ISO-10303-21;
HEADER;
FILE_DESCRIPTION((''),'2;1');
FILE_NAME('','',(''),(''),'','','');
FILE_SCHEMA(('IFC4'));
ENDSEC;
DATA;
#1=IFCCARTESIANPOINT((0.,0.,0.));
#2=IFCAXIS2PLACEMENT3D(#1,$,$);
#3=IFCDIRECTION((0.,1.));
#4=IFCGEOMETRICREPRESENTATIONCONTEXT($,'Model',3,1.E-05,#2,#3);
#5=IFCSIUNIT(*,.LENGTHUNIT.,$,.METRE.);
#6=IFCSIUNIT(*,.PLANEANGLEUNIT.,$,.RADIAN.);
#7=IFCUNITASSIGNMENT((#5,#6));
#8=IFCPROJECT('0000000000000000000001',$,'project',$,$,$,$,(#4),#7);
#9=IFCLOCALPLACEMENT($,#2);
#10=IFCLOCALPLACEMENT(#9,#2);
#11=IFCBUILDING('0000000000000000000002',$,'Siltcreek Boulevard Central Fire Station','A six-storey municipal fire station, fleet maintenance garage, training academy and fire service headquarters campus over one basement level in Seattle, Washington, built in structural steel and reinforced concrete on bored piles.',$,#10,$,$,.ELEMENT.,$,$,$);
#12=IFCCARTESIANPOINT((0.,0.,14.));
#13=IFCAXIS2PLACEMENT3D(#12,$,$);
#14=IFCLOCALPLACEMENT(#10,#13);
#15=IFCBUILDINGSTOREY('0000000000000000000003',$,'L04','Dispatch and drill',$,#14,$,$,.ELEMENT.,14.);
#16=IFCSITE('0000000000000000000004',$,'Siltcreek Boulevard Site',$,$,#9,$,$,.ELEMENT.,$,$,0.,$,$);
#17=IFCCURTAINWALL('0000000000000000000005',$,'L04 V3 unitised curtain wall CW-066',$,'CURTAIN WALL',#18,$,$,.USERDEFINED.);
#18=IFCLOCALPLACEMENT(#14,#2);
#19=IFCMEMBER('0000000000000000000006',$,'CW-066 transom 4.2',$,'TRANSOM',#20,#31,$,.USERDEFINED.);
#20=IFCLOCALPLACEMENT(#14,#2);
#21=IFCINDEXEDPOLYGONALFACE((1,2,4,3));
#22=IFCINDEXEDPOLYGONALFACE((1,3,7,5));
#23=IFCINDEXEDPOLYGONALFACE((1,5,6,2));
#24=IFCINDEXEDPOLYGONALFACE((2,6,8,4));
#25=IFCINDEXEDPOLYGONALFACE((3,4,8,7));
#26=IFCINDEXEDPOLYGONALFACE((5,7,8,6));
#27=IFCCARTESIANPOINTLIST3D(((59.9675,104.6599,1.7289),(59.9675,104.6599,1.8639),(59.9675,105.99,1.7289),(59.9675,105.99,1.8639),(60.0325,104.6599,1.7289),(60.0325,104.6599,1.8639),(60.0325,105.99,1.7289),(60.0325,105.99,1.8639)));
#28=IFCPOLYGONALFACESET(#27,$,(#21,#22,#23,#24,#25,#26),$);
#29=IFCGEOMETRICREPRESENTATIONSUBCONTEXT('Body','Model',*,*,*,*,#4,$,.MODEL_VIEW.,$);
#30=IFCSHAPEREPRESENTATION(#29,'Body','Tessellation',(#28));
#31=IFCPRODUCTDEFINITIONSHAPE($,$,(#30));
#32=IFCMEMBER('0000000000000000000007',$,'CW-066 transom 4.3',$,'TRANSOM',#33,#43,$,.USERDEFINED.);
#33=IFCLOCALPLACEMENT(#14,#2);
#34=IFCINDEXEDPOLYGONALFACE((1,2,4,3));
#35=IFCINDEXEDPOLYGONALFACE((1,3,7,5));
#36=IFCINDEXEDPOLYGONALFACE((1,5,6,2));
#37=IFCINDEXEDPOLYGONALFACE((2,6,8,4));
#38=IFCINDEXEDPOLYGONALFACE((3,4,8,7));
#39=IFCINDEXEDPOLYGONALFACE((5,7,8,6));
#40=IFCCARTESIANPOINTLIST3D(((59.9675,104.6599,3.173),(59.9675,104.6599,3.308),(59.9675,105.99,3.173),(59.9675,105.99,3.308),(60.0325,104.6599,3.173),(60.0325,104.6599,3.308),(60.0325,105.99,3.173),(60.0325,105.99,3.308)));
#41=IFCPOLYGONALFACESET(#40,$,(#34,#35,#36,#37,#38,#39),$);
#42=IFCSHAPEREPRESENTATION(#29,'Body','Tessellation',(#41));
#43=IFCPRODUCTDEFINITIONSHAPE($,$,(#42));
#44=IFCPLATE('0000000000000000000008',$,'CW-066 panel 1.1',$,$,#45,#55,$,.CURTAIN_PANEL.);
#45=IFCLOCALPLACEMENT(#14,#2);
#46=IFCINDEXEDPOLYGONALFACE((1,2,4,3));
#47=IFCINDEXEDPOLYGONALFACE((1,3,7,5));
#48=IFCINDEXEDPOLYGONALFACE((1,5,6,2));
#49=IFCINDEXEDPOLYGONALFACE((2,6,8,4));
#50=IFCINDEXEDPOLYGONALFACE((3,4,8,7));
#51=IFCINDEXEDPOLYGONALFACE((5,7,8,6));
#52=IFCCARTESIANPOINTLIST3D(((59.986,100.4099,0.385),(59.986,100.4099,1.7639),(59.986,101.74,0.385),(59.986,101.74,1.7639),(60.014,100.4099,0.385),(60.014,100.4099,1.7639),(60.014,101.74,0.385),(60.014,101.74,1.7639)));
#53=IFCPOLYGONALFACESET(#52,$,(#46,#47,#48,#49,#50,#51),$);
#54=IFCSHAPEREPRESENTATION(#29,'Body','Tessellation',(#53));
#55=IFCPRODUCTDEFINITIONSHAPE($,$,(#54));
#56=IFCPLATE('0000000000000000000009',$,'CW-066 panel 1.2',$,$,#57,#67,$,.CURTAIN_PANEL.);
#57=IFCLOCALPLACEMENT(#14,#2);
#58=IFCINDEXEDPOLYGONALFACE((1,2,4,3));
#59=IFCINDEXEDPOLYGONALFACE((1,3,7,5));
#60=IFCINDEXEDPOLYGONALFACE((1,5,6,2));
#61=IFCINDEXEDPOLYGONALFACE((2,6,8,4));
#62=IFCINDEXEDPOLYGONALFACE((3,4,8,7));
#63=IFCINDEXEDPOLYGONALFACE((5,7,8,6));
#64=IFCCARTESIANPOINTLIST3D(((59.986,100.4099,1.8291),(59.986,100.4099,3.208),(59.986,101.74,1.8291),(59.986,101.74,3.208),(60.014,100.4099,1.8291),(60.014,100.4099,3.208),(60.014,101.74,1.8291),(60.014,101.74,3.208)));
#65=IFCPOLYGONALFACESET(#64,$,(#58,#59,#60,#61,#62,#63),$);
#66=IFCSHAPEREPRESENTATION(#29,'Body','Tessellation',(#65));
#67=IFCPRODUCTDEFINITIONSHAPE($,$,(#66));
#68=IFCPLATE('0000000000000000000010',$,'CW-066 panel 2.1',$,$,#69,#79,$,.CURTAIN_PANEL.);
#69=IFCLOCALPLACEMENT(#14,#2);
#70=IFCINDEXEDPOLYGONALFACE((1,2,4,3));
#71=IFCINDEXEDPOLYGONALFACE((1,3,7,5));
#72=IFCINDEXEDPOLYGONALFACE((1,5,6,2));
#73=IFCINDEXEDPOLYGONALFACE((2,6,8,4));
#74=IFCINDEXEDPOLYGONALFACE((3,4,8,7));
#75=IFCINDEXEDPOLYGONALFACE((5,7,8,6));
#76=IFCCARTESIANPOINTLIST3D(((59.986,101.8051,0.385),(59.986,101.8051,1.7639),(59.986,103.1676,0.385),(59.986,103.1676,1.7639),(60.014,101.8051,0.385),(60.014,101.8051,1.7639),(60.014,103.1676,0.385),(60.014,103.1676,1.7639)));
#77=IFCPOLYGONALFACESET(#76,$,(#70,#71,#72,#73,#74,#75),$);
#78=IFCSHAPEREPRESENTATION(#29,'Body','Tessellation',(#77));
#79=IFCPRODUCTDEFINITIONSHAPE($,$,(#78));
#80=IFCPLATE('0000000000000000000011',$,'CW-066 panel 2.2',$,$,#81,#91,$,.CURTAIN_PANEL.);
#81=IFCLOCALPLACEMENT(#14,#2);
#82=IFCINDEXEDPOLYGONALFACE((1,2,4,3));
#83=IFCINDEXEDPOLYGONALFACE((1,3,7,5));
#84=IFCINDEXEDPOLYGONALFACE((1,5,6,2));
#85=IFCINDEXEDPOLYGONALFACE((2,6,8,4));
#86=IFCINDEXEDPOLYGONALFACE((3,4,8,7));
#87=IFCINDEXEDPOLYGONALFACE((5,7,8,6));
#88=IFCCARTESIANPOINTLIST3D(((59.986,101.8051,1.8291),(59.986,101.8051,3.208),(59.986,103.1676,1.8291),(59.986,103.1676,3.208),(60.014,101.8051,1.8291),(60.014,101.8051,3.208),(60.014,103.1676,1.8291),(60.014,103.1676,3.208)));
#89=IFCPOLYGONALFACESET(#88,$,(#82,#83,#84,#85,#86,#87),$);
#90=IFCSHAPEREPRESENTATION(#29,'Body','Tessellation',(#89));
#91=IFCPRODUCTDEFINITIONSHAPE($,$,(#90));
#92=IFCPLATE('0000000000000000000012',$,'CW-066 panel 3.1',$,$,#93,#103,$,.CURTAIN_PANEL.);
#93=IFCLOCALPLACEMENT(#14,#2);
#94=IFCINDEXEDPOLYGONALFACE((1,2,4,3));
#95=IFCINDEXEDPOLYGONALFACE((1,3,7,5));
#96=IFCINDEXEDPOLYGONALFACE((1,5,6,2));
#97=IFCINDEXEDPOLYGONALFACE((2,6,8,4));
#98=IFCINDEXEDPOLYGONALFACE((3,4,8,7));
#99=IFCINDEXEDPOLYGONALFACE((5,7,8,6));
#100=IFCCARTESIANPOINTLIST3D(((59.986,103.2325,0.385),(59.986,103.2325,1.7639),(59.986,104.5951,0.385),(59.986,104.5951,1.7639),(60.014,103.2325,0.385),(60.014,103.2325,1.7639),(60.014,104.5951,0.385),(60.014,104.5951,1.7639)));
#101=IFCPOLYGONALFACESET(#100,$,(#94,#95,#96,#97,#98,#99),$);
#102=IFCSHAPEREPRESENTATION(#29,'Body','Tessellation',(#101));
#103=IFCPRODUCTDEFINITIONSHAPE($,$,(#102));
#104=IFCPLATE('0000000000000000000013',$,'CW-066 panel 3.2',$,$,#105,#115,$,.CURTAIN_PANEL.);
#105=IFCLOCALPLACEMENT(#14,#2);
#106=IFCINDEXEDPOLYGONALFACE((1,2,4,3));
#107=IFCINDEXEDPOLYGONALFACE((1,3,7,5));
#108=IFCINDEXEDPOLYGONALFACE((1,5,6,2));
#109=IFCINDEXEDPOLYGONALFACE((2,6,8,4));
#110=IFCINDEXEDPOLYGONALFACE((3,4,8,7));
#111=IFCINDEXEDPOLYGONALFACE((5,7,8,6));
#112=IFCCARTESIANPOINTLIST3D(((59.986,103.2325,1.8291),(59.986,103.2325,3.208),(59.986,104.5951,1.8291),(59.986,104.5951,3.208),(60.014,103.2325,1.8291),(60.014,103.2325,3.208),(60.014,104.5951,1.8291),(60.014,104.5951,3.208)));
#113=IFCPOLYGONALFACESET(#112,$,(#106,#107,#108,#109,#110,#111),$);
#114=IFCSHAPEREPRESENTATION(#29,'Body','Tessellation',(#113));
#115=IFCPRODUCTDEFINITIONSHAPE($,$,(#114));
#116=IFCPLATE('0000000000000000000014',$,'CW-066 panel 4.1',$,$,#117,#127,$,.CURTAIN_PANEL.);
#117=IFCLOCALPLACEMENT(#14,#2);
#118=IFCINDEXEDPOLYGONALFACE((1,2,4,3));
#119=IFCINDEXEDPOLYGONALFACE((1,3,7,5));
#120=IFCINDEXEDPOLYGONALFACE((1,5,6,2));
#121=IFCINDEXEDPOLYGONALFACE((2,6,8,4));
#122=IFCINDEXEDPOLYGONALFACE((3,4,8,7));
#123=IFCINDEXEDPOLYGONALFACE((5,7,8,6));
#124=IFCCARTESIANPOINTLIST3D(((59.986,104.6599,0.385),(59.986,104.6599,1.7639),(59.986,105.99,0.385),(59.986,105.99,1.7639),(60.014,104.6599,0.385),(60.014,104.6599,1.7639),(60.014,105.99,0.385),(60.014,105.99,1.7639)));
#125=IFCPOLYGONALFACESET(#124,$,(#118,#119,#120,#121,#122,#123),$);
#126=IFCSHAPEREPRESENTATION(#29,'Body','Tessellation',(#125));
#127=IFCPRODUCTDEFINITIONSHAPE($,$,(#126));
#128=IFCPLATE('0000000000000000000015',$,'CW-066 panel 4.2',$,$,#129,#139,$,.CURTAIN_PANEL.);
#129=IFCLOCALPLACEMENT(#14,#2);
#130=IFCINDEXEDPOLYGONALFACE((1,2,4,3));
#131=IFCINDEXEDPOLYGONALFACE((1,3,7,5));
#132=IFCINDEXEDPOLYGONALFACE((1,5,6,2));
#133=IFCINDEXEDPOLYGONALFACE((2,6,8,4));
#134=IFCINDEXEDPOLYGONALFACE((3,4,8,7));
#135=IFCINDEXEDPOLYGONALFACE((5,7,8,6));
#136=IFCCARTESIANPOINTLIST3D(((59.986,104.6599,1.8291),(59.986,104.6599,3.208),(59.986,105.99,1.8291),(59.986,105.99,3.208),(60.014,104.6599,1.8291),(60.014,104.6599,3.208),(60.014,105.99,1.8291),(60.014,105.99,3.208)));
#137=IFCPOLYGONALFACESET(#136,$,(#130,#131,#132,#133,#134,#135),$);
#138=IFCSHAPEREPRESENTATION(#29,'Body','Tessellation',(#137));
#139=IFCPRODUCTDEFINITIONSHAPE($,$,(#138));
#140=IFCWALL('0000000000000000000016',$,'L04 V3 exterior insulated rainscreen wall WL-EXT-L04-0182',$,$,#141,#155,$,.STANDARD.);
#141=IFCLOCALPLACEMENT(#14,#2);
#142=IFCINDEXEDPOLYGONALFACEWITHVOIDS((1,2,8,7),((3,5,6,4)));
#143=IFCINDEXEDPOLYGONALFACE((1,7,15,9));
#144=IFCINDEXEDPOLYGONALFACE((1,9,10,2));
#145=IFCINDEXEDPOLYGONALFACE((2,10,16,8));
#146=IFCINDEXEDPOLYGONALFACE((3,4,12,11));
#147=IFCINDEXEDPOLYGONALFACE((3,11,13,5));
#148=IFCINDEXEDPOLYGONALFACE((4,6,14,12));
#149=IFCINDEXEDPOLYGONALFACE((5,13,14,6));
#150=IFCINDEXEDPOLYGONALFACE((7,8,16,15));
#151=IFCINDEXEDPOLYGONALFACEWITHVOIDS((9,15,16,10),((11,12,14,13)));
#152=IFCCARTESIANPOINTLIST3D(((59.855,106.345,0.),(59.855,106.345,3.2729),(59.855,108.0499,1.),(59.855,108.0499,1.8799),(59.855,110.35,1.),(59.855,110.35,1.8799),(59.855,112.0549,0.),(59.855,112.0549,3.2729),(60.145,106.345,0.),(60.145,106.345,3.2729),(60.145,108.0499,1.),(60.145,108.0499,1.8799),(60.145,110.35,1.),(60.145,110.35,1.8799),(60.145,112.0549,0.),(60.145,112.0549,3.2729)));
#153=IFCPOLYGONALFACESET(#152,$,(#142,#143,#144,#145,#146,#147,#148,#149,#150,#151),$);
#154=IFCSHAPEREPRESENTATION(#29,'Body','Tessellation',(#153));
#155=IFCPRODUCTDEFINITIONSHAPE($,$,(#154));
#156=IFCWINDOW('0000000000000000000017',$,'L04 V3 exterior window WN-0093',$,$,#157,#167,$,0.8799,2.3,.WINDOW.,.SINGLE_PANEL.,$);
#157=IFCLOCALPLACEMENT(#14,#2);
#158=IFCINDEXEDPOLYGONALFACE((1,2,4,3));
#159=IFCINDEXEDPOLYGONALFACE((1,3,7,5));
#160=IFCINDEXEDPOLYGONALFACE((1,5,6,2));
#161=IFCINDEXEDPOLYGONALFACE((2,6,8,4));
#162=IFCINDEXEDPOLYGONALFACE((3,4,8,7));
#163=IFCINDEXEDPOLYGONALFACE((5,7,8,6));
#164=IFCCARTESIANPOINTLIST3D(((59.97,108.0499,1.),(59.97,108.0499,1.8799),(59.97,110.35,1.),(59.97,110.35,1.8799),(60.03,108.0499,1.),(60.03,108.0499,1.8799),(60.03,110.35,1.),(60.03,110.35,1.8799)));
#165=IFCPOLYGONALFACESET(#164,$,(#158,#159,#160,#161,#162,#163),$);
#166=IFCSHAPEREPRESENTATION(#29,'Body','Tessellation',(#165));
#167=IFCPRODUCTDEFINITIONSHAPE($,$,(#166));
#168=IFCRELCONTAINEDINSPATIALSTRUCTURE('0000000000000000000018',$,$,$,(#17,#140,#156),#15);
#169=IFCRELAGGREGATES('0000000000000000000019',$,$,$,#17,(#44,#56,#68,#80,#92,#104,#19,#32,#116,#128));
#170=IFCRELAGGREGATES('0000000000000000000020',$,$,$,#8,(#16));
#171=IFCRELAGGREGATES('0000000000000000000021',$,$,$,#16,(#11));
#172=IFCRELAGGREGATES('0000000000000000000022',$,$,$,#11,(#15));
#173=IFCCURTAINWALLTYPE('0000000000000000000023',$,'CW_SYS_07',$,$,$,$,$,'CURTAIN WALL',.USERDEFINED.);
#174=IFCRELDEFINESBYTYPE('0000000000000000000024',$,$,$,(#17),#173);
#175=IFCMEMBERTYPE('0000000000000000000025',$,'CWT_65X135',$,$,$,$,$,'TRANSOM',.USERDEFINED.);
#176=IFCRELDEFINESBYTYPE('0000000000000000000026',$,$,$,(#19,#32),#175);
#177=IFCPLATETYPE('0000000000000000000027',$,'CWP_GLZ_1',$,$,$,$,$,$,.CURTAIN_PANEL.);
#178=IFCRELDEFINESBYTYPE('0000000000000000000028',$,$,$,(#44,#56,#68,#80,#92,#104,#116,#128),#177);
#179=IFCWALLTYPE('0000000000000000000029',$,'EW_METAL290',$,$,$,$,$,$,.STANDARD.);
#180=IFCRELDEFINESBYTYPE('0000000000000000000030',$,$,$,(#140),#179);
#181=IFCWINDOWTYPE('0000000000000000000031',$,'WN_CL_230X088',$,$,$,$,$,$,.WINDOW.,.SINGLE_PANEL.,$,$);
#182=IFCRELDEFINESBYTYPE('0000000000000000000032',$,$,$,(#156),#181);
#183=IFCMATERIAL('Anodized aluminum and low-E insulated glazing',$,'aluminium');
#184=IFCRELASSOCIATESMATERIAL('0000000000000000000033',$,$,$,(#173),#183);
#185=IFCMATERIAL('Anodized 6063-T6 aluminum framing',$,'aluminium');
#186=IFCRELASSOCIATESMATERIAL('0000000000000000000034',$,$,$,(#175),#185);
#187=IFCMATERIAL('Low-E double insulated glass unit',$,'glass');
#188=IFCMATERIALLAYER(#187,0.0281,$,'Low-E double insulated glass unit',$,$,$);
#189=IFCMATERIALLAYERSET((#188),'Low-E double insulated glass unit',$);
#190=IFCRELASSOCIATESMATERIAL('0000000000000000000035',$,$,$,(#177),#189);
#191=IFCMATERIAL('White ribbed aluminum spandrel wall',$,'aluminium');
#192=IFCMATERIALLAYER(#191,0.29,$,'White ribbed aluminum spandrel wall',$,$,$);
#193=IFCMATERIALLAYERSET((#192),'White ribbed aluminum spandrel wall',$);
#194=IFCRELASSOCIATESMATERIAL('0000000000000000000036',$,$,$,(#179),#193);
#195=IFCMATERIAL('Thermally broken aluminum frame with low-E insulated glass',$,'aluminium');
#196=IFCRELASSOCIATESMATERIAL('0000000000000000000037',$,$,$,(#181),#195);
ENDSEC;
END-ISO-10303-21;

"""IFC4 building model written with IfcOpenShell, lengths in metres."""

from ifc_helpers import new_model, si_unit, direction, frame, frame_2d, origin, origin_2d, place, context, subcontext, project, spatial, rectangle, extrude, material, layer, layer_set, material_profile, profile_set, type_object, element, fill, aggregate, save


model = new_model("IFC4")

# Units and contexts
model_context = context("Model", 3, precision=1e-05, world=origin(), true_north=direction((0.0, 1.0)))
body_context = subcontext(model_context, "Body", "Model", "MODEL_VIEW")
ifc_project = project(units=[si_unit("LENGTHUNIT", "METRE"), si_unit("PLANEANGLEUNIT", "RADIAN")], contexts=[model_context])

# Site, building, storey
site_placement = place(None, origin())
site = spatial("IfcSite", under=ifc_project, at=site_placement, Name="Siltcreek Boulevard Site", CompositionType="ELEMENT", RefElevation=0.0)
building_placement = place(site_placement, origin())
building = spatial("IfcBuilding", under=site, at=building_placement, Name="Siltcreek Boulevard Central Fire Station", Description="A six-storey municipal fire station, fleet maintenance garage, training academy and fire service headquarters campus over one basement level in Seattle, Washington, built in structural steel and reinforced concrete on bored piles.", CompositionType="ELEMENT")
storey_placement = place(building_placement, frame((0.0, 0.0, 14.0)))
storey = spatial("IfcBuildingStorey", under=building, at=storey_placement, Name="L04", Description="Dispatch and drill", CompositionType="ELEMENT", Elevation=14.0)

# Curtain wall, members, plates
ifc_material_1 = material(Name="Anodized aluminum and low-E insulated glazing", Category="aluminium")
curtain_wall_type = type_object("IfcCurtainWallType", Name="CW_SYS_07", ElementType="CURTAIN WALL", PredefinedType="USERDEFINED", material=ifc_material_1)
curtain_wall_placement = place(storey_placement, origin())
curtain_wall = element("IfcCurtainWall", 1, at=curtain_wall_placement, inside=storey, type_object=curtain_wall_type, Name="L04 V3 unitised curtain wall CW-066", ObjectType="CURTAIN WALL", PredefinedType="USERDEFINED")
ifc_material_2 = material(Name="Anodized 6063-T6 aluminum framing", Category="aluminium")
ifc_material_profile_1 = material_profile(ifc_material_2, rectangle(XDim=0.0649, YDim=0.135, at=origin_2d()), Name="TRAN65X135")
ifc_profile_set_1 = profile_set([ifc_material_profile_1], Name="Anodized 6063-T6 aluminum framing")
member_type_1 = type_object("IfcMemberType", Name="CWT_65X135", ElementType="TRANSOM", PredefinedType="USERDEFINED", material=ifc_profile_set_1)
member_1_placement = place(storey_placement, frame((60.0, 104.6599, 1.7964), z_axis=(0.0, 1.0, 0.0), x_axis=(-1.0, 0.0, 0.0)))
member_1 = element("IfcMember", 2, at=member_1_placement, type_object=member_type_1, Name="CW-066 transom 4.2", ObjectType="TRANSOM", PredefinedType="USERDEFINED", context=body_context, shape_type="SweptSolid", body=[
    extrude(rectangle(XDim=0.0649, YDim=0.135, at=origin_2d()), origin(), (0.0, 0.0, 1.0), 1.3301),
])
member_2_placement = place(storey_placement, frame((60.0, 104.6599, 3.2405), z_axis=(0.0, 1.0, 0.0), x_axis=(-1.0, 0.0, 0.0)))
member_2 = element("IfcMember", 3, at=member_2_placement, type_object=member_type_1, Name="CW-066 transom 4.3", ObjectType="TRANSOM", PredefinedType="USERDEFINED", context=body_context, shape_type="SweptSolid", body=[
    extrude(rectangle(XDim=0.0649, YDim=0.135, at=origin_2d()), origin(), (0.0, 0.0, 1.0), 1.3301),
])
ifc_material_3 = material(Name="Low-E double insulated glass unit", Category="glass")
ifc_layer_1 = layer(ifc_material_3, 0.0281, Name="Low-E double insulated glass unit")
ifc_layer_set_1 = layer_set([ifc_layer_1], Name="Low-E double insulated glass unit")
plate_type = type_object("IfcPlateType", Name="CWP_GLZ_1", PredefinedType="CURTAIN_PANEL", material=ifc_layer_set_1)
plate_1_placement = place(storey_placement, frame((60.0, 101.075, 0.385), z_axis=(0.0, 0.0, 1.0), x_axis=(0.0, 1.0, 0.0)))
plate_1 = element("IfcPlate", 4, at=plate_1_placement, type_object=plate_type, Name="CW-066 panel 1.1", PredefinedType="CURTAIN_PANEL", context=body_context, shape_type="SweptSolid", body=[
    extrude(rectangle(XDim=1.3301, YDim=0.0281, at=origin_2d()), origin(), (0.0, 0.0, 1.0), 1.3789),
])
plate_2_placement = place(storey_placement, frame((60.0, 101.075, 1.8291), z_axis=(0.0, 0.0, 1.0), x_axis=(0.0, 1.0, 0.0)))
plate_2 = element("IfcPlate", 5, at=plate_2_placement, type_object=plate_type, Name="CW-066 panel 1.2", PredefinedType="CURTAIN_PANEL", context=body_context, shape_type="SweptSolid", body=[
    extrude(rectangle(XDim=1.3301, YDim=0.0281, at=origin_2d()), origin(), (0.0, 0.0, 1.0), 1.3789),
])
plate_3_placement = place(storey_placement, frame((60.0, 102.4863, 0.385), z_axis=(0.0, 0.0, 1.0), x_axis=(0.0, 1.0, 0.0)))
plate_3 = element("IfcPlate", 6, at=plate_3_placement, type_object=plate_type, Name="CW-066 panel 2.1", PredefinedType="CURTAIN_PANEL", context=body_context, shape_type="SweptSolid", body=[
    extrude(rectangle(XDim=1.3625, YDim=0.0281, at=origin_2d()), origin(), (0.0, 0.0, 1.0), 1.3789),
])
plate_4_placement = place(storey_placement, frame((60.0, 102.4863, 1.8291), z_axis=(0.0, 0.0, 1.0), x_axis=(0.0, 1.0, 0.0)))
plate_4 = element("IfcPlate", 7, at=plate_4_placement, type_object=plate_type, Name="CW-066 panel 2.2", PredefinedType="CURTAIN_PANEL", context=body_context, shape_type="SweptSolid", body=[
    extrude(rectangle(XDim=1.3625, YDim=0.0281, at=origin_2d()), origin(), (0.0, 0.0, 1.0), 1.3789),
])
plate_5_placement = place(storey_placement, frame((60.0, 103.9138, 0.385), z_axis=(0.0, 0.0, 1.0), x_axis=(0.0, 1.0, 0.0)))
plate_5 = element("IfcPlate", 8, at=plate_5_placement, type_object=plate_type, Name="CW-066 panel 3.1", PredefinedType="CURTAIN_PANEL", context=body_context, shape_type="SweptSolid", body=[
    extrude(rectangle(XDim=1.3625, YDim=0.0281, at=origin_2d()), origin(), (0.0, 0.0, 1.0), 1.3789),
])
plate_6_placement = place(storey_placement, frame((60.0, 103.9138, 1.8291), z_axis=(0.0, 0.0, 1.0), x_axis=(0.0, 1.0, 0.0)))
plate_6 = element("IfcPlate", 9, at=plate_6_placement, type_object=plate_type, Name="CW-066 panel 3.2", PredefinedType="CURTAIN_PANEL", context=body_context, shape_type="SweptSolid", body=[
    extrude(rectangle(XDim=1.3625, YDim=0.0281, at=origin_2d()), origin(), (0.0, 0.0, 1.0), 1.3789),
])
plate_7_placement = place(storey_placement, frame((60.0, 105.325, 0.385), z_axis=(0.0, 0.0, 1.0), x_axis=(0.0, 1.0, 0.0)))
plate_7 = element("IfcPlate", 10, at=plate_7_placement, type_object=plate_type, Name="CW-066 panel 4.1", PredefinedType="CURTAIN_PANEL", context=body_context, shape_type="SweptSolid", body=[
    extrude(rectangle(XDim=1.3301, YDim=0.0281, at=origin_2d()), origin(), (0.0, 0.0, 1.0), 1.3789),
])
plate_8_placement = place(storey_placement, frame((60.0, 105.325, 1.8291), z_axis=(0.0, 0.0, 1.0), x_axis=(0.0, 1.0, 0.0)))
plate_8 = element("IfcPlate", 11, at=plate_8_placement, type_object=plate_type, Name="CW-066 panel 4.2", PredefinedType="CURTAIN_PANEL", context=body_context, shape_type="SweptSolid", body=[
    extrude(rectangle(XDim=1.3301, YDim=0.0281, at=origin_2d()), origin(), (0.0, 0.0, 1.0), 1.3789),
])
aggregate(curtain_wall, [plate_1, plate_2, plate_3, plate_4, plate_5, plate_6, member_1, member_2, plate_7, plate_8])

# Wall, opening, window
ifc_material_4 = material(Name="White ribbed aluminum spandrel wall", Category="aluminium")
ifc_layer_2 = layer(ifc_material_4, 0.29, Name="White ribbed aluminum spandrel wall")
ifc_layer_set_2 = layer_set([ifc_layer_2], Name="White ribbed aluminum spandrel wall")
wall_type = type_object("IfcWallType", Name="EW_METAL290", PredefinedType="STANDARD", material=ifc_layer_set_2)
wall_placement = place(storey_placement, frame((60.0, 106.345, 0.0), z_axis=(0.0, 0.0, 1.0), x_axis=(0.0, 1.0, 0.0)))
wall = element("IfcWall", 12, at=wall_placement, inside=storey, type_object=wall_type, Name="L04 V3 exterior insulated rainscreen wall WL-EXT-L04-0182", PredefinedType="STANDARD", context=body_context, shape_type="SweptSolid", body=[
    extrude(rectangle(XDim=5.71, YDim=0.29, at=frame_2d((2.855, 0.0))), origin(), (0.0, 0.0, 1.0), 3.2729),
])
opening_placement = place(wall_placement, frame((1.7051, 0.0, 1.0)))
opening = element("IfcOpeningElement", 13, at=opening_placement, cuts=wall, PredefinedType="OPENING", context=body_context, shape_type="SweptSolid", body=[
    extrude(rectangle(XDim=2.3, YDim=0.8799, at=frame_2d((1.1499, 0.4399))), frame((0.0, 0.155, 0.0), z_axis=(0.0, -1.0, 0.0), x_axis=(1.0, 0.0, 0.0)), (0.0, 0.0, 1.0), 0.3101),
])
ifc_material_5 = material(Name="Thermally broken aluminum frame with low-E insulated glass", Category="aluminium")
window_type = type_object("IfcWindowType", Name="WN_CL_230X088", PartitioningType="SINGLE_PANEL", PredefinedType="WINDOW", material=ifc_material_5)
window_placement = place(opening_placement, origin())
window = element("IfcWindow", 14, at=window_placement, inside=storey, type_object=window_type, Name="L04 V3 exterior window WN-0093", OverallHeight=0.8799, OverallWidth=2.3, PartitioningType="SINGLE_PANEL", PredefinedType="WINDOW", context=body_context, shape_type="SweptSolid", body=[
    extrude(rectangle(XDim=2.3, YDim=0.8799, at=frame_2d((1.1499, 0.4399))), frame((0.0, 0.03, 0.0), z_axis=(0.0, -1.0, 0.0), x_axis=(1.0, 0.0, 0.0)), (0.0, 0.0, 1.0), 0.0601),
])
fill(opening, window)

save(model, "model.ifc")
